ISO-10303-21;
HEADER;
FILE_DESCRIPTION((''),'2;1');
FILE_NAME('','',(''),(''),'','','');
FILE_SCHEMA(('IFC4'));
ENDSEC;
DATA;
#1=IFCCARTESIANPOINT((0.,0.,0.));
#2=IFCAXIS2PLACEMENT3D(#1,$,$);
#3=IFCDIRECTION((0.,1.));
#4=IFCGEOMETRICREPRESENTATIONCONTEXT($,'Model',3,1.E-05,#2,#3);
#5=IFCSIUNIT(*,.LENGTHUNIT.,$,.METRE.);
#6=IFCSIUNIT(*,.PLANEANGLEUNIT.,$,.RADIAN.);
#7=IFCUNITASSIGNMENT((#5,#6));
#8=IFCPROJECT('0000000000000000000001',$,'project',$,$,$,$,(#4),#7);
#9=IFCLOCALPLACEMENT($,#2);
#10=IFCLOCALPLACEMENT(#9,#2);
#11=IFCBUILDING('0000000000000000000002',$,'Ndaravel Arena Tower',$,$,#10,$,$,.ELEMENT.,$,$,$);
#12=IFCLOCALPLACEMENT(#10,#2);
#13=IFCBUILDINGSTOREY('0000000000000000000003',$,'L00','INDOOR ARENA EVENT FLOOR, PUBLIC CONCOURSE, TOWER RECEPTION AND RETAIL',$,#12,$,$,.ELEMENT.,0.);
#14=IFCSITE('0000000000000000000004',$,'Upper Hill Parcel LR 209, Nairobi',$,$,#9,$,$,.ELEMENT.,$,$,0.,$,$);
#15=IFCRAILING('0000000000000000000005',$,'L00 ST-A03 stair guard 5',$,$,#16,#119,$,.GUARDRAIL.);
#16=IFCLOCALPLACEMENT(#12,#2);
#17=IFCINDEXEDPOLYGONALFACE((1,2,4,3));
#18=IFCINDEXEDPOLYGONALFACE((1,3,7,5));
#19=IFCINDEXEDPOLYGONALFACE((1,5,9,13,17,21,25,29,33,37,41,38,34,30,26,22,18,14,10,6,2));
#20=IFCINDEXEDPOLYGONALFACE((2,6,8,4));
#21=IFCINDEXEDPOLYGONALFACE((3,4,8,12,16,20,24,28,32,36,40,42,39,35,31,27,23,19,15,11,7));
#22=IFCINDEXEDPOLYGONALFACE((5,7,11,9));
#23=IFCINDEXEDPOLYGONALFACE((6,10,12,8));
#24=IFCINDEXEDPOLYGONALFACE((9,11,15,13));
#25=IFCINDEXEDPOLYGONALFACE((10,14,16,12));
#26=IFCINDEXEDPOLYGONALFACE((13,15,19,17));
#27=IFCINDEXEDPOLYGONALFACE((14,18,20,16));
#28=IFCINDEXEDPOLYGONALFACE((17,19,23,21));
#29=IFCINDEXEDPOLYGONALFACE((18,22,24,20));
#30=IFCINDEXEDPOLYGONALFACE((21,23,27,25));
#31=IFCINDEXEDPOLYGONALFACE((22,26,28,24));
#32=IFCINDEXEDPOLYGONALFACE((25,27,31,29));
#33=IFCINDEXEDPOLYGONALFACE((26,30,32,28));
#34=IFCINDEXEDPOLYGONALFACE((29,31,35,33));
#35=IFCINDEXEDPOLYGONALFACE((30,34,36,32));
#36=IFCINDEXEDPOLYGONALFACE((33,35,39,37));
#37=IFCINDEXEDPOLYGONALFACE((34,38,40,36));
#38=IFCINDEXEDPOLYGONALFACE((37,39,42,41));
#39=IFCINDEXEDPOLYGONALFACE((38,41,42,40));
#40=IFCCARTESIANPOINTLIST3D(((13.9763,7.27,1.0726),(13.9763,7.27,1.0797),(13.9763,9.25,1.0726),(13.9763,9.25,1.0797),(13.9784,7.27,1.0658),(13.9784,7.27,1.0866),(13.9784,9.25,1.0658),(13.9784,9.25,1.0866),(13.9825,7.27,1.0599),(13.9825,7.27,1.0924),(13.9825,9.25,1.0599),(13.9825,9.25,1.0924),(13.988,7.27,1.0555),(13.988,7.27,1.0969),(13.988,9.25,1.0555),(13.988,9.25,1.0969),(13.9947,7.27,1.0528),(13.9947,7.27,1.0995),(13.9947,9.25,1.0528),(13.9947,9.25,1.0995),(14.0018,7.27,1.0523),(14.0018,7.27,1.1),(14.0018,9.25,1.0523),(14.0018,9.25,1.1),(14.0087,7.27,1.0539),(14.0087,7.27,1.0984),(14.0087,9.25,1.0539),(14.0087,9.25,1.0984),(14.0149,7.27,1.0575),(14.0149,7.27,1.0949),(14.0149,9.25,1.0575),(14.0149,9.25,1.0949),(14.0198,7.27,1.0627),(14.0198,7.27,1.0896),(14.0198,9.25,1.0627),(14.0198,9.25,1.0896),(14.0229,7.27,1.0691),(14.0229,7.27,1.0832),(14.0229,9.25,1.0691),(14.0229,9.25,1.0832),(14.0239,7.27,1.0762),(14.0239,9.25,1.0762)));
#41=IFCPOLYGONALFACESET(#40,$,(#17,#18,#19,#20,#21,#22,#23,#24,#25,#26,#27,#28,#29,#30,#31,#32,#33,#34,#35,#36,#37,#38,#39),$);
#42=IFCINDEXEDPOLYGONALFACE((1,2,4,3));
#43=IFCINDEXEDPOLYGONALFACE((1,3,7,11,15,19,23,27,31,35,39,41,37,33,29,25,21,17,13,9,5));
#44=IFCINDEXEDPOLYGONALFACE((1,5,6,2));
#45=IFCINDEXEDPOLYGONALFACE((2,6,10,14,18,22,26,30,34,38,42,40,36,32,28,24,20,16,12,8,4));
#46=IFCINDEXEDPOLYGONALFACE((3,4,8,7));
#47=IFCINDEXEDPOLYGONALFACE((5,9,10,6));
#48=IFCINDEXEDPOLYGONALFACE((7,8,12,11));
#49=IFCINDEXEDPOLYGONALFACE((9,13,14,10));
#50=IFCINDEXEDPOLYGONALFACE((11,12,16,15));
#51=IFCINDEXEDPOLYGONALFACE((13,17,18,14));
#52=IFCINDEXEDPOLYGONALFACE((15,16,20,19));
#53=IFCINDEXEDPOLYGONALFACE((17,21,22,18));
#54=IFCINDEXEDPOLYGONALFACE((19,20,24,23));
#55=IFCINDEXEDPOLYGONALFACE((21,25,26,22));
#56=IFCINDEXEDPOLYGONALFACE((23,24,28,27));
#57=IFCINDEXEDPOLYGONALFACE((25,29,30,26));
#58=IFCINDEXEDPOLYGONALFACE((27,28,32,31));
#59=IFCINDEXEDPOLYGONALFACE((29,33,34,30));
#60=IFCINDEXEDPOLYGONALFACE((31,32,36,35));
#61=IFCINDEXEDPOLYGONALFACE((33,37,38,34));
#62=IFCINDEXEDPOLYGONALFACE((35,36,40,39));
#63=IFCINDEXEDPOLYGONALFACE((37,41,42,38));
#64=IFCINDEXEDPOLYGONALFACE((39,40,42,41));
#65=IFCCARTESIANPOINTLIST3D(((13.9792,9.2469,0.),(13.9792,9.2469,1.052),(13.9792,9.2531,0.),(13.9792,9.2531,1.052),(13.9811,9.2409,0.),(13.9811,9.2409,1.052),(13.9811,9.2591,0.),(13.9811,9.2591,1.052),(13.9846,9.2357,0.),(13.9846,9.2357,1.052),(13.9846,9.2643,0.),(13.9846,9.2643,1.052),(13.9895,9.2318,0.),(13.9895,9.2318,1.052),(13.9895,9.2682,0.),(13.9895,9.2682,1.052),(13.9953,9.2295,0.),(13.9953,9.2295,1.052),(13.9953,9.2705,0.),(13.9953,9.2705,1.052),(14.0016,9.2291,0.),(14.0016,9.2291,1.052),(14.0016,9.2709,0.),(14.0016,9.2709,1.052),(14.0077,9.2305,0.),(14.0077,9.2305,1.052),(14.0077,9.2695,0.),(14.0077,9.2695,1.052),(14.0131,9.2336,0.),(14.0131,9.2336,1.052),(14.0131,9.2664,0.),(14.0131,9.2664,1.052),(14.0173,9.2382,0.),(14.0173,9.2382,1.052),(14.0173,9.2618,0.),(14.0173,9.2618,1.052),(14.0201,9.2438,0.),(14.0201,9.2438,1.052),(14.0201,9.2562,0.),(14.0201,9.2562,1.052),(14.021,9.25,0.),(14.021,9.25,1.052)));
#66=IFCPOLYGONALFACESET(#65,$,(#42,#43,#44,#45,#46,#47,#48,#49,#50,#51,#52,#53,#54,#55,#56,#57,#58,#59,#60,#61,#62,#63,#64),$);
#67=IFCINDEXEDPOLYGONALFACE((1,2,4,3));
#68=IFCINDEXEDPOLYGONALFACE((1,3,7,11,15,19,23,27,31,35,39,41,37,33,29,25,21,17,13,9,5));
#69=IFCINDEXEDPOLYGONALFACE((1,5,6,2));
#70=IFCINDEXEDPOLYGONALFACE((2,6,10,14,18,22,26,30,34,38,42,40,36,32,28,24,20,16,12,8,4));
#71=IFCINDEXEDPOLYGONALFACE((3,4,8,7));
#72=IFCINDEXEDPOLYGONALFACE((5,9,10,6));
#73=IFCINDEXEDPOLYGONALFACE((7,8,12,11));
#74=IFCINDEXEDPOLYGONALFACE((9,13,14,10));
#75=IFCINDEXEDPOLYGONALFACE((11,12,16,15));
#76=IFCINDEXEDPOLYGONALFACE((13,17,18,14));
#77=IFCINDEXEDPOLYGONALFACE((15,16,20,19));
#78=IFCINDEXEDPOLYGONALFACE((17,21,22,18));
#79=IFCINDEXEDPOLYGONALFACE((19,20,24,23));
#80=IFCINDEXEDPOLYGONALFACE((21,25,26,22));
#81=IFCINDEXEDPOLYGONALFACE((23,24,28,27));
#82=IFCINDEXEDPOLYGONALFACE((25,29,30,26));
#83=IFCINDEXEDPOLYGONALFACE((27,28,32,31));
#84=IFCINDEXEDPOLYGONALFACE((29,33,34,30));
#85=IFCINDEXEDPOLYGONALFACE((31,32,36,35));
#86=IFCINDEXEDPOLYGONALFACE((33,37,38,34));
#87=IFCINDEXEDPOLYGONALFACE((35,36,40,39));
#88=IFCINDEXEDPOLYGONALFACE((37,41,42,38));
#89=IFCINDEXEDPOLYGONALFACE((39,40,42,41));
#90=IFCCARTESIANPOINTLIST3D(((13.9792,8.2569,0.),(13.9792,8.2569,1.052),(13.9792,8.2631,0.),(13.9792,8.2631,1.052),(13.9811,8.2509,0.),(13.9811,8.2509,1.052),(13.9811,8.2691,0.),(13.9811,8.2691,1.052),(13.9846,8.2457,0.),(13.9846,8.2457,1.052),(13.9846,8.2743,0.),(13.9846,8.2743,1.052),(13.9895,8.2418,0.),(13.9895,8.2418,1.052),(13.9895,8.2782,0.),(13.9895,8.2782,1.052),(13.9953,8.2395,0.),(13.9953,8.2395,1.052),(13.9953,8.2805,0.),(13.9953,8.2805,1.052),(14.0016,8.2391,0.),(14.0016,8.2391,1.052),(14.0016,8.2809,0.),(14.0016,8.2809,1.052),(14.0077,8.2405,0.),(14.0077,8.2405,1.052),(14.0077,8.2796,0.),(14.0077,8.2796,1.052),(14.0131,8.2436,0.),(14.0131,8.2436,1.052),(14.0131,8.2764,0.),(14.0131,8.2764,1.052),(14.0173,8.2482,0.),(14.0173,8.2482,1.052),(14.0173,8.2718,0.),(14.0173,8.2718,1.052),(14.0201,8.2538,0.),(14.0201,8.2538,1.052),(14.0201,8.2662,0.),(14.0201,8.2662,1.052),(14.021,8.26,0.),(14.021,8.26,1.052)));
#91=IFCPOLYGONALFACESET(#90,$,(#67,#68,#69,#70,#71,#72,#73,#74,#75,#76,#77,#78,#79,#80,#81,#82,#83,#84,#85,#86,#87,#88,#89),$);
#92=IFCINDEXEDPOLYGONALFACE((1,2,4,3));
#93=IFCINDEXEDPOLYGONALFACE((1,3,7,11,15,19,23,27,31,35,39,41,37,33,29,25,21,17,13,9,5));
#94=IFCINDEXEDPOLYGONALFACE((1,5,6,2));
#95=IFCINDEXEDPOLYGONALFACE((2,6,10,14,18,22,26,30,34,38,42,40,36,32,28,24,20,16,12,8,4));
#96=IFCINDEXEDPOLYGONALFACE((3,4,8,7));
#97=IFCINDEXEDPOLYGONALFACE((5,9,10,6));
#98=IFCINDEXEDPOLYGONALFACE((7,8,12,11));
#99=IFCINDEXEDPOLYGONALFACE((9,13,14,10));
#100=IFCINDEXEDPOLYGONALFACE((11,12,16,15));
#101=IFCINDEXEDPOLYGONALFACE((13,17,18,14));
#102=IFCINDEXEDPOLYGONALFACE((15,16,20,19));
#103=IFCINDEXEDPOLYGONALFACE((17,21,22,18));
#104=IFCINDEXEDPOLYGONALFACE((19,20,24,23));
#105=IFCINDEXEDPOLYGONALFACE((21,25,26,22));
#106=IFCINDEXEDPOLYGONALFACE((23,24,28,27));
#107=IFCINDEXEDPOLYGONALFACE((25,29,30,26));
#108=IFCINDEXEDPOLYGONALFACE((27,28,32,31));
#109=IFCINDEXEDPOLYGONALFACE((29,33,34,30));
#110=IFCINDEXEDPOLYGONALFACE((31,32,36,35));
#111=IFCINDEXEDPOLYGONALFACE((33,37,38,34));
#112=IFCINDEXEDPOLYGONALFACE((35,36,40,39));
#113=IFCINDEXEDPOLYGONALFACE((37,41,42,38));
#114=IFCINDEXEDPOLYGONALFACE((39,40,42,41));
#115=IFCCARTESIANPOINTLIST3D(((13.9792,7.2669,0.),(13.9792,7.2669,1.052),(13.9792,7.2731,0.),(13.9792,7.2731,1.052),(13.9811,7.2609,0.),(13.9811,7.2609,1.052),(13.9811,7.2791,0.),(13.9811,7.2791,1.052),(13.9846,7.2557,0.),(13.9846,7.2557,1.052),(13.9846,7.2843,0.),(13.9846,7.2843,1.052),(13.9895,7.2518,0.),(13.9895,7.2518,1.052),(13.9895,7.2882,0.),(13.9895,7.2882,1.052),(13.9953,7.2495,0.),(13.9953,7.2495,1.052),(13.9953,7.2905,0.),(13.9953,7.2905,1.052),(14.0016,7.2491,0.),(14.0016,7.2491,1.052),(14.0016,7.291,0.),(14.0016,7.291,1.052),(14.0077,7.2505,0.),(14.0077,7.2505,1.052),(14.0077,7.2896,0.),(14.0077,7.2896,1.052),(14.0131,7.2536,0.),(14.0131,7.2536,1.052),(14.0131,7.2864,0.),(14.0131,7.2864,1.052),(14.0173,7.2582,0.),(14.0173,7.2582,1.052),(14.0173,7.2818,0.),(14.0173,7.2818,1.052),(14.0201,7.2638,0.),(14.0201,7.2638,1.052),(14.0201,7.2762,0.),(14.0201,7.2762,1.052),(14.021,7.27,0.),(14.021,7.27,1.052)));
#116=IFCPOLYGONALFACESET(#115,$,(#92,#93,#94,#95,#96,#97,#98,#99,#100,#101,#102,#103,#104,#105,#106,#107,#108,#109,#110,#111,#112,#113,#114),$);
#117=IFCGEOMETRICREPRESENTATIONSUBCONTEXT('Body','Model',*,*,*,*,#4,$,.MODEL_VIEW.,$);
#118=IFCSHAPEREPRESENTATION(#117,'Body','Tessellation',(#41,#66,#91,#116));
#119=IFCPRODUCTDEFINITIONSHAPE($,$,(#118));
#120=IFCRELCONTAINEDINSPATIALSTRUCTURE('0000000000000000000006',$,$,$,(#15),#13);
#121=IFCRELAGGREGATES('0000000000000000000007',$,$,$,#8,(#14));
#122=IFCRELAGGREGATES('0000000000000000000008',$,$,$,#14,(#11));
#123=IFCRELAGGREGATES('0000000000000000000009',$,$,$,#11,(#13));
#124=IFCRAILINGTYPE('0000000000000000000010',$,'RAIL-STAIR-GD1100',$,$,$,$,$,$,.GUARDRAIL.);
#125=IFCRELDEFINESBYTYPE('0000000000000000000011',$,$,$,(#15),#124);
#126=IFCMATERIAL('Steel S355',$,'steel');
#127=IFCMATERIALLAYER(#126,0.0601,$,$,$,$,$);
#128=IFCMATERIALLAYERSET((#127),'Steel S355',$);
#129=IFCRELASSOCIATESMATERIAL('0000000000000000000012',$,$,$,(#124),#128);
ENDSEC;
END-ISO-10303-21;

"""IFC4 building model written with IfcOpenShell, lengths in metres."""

from ifc_helpers import new_model, si_unit, direction, frame, origin, origin_2d, place, context, subcontext, project, spatial, circle, extrude, material, layer, layer_set, type_object, element, save


model = new_model("IFC4")

# Units and contexts
model_context = context("Model", 3, precision=1e-05, world=origin(), true_north=direction((0.0, 1.0)))
body_context = subcontext(model_context, "Body", "Model", "MODEL_VIEW")
ifc_project = project(units=[si_unit("LENGTHUNIT", "METRE"), si_unit("PLANEANGLEUNIT", "RADIAN")], contexts=[model_context])

# Site, building, storey
site_placement = place(None, origin())
site = spatial("IfcSite", under=ifc_project, at=site_placement, Name="Upper Hill Parcel LR 209, Nairobi", CompositionType="ELEMENT", RefElevation=0.0)
building_placement = place(site_placement, origin())
building = spatial("IfcBuilding", under=site, at=building_placement, Name="Ndaravel Arena Tower", CompositionType="ELEMENT")
storey_placement = place(building_placement, origin())
storey = spatial("IfcBuildingStorey", under=building, at=storey_placement, Name="L00", Description="INDOOR ARENA EVENT FLOOR, PUBLIC CONCOURSE, TOWER RECEPTION AND RETAIL", CompositionType="ELEMENT", Elevation=0.0)

# Railing
ifc_material_1 = material(Name="Steel S355", Category="steel")
ifc_layer_1 = layer(ifc_material_1, 0.0601)
ifc_layer_set_1 = layer_set([ifc_layer_1], Name="Steel S355")
railing_type = type_object("IfcRailingType", Name="RAIL-STAIR-GD1100", PredefinedType="GUARDRAIL", material=ifc_layer_set_1)
railing_1_placement = place(storey_placement, frame((14.0, 9.25, 0.0)))
element("IfcRailing", 1, at=railing_1_placement, inside=storey, type_object=railing_type, Name="L00 ST-A03 stair guard 5", PredefinedType="GUARDRAIL", context=body_context, shape_type="SweptSolid", body=[
    extrude(circle(Radius=0.0239, at=origin_2d()), frame((0.0, 0.0, 1.0762), z_axis=(0.0, -1.0, 0.0), x_axis=(1.0, 0.0, 0.0)), (0.0, 0.0, 1.0), 1.98),
    extrude(circle(Radius=0.021, at=origin_2d()), origin(), (0.0, 0.0, 1.0), 1.052),
    extrude(circle(Radius=0.021, at=origin_2d()), frame((0.0, -0.99, 0.0)), (0.0, 0.0, 1.0), 1.052),
    extrude(circle(Radius=0.021, at=origin_2d()), frame((0.0, -1.98, 0.0)), (0.0, 0.0, 1.0), 1.052),
])

save(model, "model.ifc")
